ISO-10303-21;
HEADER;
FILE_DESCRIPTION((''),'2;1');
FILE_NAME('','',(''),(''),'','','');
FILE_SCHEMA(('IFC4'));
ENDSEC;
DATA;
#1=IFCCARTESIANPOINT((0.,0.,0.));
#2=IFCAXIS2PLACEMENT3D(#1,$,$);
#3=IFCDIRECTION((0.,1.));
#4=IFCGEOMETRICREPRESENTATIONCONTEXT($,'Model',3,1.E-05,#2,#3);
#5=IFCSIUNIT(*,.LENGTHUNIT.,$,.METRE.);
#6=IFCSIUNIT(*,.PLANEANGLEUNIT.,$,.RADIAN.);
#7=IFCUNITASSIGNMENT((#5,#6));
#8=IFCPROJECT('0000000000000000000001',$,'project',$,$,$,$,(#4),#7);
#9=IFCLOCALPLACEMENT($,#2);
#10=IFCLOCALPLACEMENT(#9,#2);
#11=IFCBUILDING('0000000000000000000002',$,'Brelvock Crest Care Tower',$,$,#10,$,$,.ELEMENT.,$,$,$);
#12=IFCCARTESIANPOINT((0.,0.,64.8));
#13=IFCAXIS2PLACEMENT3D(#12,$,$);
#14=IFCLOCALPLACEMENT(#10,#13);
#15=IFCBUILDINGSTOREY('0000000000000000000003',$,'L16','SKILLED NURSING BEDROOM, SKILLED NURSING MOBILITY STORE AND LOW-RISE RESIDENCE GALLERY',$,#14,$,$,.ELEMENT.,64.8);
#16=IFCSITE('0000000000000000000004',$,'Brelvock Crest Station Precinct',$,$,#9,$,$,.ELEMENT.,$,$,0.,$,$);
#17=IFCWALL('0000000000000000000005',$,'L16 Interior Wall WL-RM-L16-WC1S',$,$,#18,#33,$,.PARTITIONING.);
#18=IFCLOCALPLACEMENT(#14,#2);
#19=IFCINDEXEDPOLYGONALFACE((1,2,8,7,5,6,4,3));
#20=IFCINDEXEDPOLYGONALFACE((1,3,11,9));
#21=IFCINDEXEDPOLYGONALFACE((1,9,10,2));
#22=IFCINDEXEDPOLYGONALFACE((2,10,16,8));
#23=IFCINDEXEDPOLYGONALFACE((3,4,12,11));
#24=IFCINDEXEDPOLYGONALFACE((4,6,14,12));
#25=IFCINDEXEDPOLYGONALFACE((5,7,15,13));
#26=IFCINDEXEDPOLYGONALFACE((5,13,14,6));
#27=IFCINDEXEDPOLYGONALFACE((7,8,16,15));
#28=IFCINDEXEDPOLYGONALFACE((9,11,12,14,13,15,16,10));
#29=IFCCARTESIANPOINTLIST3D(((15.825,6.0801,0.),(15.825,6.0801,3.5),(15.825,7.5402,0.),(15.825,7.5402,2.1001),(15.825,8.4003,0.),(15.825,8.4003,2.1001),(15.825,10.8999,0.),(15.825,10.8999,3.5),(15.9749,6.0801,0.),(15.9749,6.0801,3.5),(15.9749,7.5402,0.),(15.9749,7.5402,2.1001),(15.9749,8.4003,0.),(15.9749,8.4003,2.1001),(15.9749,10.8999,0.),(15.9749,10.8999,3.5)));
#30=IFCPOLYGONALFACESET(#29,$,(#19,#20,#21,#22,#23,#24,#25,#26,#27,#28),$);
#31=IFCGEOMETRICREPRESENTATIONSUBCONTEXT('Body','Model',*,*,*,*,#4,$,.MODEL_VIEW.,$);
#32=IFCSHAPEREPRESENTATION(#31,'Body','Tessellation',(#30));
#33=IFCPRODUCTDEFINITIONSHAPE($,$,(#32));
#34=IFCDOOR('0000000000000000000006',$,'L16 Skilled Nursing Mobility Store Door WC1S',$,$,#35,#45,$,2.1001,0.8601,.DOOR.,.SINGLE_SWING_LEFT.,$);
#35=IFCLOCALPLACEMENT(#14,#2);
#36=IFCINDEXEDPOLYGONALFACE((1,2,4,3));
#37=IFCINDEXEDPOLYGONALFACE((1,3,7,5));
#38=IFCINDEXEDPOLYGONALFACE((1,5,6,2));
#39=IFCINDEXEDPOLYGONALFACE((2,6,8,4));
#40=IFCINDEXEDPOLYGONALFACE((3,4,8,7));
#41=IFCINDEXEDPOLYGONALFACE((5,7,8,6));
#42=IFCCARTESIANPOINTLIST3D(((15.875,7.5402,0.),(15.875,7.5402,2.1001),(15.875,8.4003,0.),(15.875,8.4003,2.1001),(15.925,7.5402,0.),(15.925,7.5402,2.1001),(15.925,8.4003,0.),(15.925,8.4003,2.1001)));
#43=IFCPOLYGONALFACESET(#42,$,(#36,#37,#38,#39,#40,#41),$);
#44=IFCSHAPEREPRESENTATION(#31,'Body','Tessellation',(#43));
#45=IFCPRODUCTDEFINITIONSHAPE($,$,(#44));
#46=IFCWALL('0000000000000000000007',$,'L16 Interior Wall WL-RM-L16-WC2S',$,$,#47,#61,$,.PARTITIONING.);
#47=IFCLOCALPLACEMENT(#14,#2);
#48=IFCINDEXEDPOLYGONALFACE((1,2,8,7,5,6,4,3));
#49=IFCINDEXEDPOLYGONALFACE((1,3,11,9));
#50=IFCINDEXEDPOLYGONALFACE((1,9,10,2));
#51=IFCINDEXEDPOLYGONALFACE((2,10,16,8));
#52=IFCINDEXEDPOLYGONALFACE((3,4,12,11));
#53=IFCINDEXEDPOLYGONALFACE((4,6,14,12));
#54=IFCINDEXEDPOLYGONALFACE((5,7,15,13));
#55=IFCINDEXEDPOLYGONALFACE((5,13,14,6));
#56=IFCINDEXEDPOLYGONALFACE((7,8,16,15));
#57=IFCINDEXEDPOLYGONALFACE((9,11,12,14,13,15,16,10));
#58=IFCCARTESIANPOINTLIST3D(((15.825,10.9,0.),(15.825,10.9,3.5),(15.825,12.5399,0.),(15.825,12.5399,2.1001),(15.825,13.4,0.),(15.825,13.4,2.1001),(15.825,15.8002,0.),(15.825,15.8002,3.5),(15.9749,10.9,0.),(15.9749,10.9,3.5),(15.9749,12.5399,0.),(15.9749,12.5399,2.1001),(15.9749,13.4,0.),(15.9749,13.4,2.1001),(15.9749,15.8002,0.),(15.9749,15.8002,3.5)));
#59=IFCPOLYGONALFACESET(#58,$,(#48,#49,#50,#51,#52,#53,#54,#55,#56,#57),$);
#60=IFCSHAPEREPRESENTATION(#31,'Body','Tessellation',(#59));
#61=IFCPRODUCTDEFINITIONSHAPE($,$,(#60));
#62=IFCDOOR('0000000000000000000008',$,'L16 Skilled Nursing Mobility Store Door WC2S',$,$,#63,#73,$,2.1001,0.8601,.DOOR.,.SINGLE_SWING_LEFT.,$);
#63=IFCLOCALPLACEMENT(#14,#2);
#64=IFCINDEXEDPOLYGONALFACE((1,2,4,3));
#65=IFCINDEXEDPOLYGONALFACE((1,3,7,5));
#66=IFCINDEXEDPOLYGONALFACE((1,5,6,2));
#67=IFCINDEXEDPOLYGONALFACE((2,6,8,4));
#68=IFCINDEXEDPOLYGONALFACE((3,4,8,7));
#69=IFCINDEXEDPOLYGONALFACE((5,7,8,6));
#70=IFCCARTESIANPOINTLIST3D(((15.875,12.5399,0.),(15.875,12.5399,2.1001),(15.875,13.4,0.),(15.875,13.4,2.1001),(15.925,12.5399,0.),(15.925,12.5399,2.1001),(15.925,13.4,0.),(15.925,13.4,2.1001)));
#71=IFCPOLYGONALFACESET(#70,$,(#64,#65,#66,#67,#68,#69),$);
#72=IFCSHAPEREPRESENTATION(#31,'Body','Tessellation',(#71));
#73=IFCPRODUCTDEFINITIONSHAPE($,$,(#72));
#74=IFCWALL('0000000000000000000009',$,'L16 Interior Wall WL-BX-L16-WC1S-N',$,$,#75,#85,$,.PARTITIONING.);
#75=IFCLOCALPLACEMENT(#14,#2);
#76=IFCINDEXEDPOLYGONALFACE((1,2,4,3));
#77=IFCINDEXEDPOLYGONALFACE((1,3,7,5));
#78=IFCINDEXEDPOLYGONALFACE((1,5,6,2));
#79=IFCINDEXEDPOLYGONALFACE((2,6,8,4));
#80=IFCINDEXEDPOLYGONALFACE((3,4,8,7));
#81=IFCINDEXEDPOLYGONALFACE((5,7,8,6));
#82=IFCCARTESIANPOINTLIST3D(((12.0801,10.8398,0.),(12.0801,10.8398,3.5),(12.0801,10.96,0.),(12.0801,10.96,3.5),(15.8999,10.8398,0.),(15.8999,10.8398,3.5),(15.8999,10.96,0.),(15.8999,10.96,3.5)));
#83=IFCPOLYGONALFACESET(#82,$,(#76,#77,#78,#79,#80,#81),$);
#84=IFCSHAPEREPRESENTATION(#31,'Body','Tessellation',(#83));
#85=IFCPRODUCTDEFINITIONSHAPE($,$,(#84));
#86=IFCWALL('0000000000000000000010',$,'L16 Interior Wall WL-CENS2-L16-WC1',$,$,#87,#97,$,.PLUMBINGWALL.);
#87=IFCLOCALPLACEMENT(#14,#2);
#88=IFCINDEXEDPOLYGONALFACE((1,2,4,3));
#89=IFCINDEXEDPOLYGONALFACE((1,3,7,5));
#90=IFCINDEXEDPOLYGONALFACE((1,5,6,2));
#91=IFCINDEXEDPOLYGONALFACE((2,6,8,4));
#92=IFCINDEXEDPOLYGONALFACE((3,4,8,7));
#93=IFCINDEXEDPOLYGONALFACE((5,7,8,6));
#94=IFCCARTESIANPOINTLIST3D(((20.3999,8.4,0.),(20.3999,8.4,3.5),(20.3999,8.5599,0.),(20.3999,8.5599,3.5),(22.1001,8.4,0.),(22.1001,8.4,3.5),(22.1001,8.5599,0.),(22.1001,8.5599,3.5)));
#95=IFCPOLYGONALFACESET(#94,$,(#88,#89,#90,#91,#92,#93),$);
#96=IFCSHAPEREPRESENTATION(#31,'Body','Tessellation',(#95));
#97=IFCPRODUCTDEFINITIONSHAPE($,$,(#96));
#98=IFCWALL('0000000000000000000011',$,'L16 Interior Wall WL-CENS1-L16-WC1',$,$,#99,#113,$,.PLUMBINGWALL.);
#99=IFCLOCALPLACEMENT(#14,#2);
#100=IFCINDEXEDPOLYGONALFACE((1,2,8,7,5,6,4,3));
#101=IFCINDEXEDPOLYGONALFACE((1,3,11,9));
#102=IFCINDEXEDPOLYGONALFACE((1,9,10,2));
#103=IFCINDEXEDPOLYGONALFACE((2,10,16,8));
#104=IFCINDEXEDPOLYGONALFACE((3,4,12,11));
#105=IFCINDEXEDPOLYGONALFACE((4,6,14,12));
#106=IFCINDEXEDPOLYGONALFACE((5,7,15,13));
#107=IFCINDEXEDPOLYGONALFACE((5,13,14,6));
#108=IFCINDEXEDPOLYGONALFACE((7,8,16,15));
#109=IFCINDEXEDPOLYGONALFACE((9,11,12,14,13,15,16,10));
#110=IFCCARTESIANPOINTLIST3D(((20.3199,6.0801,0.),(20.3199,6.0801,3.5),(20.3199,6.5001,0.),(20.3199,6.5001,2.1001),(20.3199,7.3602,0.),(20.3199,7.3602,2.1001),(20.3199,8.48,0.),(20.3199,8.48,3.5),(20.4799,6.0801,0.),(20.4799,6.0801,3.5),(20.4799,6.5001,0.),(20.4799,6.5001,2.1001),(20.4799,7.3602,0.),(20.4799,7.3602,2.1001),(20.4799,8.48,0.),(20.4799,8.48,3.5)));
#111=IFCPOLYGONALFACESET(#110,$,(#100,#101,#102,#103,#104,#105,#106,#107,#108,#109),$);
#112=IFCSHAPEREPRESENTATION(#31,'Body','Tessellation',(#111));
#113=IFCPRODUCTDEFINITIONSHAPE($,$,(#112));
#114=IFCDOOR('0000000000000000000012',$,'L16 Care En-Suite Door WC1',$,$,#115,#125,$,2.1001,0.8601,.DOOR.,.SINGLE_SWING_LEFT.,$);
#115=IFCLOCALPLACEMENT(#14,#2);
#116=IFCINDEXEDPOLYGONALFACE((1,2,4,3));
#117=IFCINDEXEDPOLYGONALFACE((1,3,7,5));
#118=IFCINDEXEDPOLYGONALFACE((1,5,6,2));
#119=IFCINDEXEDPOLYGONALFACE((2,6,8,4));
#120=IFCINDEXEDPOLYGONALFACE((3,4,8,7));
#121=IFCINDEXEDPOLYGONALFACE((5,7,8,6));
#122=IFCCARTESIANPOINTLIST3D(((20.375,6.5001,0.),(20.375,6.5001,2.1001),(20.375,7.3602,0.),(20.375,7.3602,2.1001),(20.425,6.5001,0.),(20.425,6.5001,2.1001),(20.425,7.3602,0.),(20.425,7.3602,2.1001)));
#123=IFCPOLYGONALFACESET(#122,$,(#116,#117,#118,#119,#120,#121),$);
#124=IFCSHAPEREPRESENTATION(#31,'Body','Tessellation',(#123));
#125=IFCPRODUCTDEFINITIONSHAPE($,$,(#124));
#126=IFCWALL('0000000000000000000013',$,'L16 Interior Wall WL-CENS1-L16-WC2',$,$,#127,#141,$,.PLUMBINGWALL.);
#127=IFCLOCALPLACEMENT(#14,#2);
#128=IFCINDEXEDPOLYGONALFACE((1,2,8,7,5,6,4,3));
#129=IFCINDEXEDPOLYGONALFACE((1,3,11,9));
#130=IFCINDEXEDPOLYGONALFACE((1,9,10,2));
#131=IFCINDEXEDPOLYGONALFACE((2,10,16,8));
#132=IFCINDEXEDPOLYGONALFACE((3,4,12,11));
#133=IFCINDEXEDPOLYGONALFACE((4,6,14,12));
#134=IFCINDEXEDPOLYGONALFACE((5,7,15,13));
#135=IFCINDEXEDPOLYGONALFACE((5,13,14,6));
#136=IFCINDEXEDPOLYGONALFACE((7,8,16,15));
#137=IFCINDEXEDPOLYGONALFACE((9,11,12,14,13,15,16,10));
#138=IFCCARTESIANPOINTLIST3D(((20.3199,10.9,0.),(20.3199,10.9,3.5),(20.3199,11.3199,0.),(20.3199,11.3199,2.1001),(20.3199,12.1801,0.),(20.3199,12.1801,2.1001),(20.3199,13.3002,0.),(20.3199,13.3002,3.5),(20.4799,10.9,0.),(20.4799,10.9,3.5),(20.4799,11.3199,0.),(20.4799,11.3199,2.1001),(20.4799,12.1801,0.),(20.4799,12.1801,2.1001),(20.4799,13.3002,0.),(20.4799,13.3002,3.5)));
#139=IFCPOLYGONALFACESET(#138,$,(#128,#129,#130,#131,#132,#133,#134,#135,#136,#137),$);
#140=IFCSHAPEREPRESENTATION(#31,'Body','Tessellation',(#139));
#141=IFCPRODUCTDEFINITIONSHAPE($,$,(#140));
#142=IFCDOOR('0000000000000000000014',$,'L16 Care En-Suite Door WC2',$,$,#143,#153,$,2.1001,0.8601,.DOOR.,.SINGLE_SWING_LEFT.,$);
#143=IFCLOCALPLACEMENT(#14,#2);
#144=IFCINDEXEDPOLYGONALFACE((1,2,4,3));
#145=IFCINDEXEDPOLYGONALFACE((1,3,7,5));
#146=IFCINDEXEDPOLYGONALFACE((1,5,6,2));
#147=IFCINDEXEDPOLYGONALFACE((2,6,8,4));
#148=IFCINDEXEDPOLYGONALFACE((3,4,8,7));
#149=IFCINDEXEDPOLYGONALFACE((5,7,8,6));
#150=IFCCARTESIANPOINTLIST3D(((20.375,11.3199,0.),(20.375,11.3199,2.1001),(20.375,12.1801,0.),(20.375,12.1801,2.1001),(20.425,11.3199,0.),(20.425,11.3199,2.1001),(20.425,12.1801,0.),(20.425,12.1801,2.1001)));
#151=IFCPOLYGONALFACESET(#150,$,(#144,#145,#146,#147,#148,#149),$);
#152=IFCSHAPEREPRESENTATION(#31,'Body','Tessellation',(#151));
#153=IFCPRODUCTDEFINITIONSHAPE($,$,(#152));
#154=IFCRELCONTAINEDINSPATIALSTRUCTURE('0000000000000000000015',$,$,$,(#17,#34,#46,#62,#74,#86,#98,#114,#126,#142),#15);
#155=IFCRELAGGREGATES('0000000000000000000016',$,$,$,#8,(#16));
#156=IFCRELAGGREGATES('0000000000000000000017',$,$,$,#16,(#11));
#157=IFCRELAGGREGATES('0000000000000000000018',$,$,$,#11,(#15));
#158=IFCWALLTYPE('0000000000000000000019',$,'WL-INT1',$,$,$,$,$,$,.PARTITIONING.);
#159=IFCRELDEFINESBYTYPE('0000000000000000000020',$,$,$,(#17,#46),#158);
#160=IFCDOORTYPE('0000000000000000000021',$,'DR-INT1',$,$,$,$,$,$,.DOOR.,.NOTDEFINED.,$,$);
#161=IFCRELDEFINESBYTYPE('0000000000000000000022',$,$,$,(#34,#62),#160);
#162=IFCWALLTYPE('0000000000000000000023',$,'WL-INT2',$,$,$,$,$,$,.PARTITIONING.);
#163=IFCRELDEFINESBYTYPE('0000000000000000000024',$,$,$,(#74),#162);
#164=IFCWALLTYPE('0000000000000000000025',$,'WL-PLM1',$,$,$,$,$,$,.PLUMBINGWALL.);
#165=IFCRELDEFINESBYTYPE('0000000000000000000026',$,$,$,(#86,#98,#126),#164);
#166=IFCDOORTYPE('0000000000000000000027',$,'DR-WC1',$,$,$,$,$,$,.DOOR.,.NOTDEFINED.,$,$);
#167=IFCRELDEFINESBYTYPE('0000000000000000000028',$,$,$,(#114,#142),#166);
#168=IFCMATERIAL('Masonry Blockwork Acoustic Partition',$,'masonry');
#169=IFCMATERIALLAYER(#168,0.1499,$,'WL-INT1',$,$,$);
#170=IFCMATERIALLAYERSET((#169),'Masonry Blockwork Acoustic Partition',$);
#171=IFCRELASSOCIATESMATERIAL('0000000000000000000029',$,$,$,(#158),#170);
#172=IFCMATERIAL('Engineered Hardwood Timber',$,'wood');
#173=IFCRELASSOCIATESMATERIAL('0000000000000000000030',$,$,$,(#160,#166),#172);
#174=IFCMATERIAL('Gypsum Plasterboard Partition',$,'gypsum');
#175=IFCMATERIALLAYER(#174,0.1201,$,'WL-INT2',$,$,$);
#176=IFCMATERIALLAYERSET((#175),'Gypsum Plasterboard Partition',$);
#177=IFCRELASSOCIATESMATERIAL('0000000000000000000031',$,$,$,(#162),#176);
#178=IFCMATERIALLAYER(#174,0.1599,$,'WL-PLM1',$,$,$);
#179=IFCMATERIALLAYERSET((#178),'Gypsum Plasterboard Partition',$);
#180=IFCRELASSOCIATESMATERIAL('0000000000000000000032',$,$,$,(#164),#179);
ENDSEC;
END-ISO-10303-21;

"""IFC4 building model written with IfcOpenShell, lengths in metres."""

from ifc_helpers import new_model, si_unit, direction, frame, frame_2d, origin, origin_2d, place, context, subcontext, project, spatial, rectangle, extrude, source, transform, mapped, material, layer, layer_set, type_object, element, fill, save


model = new_model("IFC4")

# Units and contexts
model_context = context("Model", 3, precision=1e-05, world=origin(), true_north=direction((0.0, 1.0)))
body_context = subcontext(model_context, "Body", "Model", "MODEL_VIEW")
ifc_project = project(units=[si_unit("LENGTHUNIT", "METRE"), si_unit("PLANEANGLEUNIT", "RADIAN")], contexts=[model_context])

# Site, building, storey
site_placement = place(None, origin())
site = spatial("IfcSite", under=ifc_project, at=site_placement, Name="Brelvock Crest Station Precinct", CompositionType="ELEMENT", RefElevation=0.0)
building_placement = place(site_placement, origin())
building = spatial("IfcBuilding", under=site, at=building_placement, Name="Brelvock Crest Care Tower", CompositionType="ELEMENT")
storey_placement = place(building_placement, frame((0.0, 0.0, 64.8)))
storey = spatial("IfcBuildingStorey", under=building, at=storey_placement, Name="L16", Description="SKILLED NURSING BEDROOM, SKILLED NURSING MOBILITY STORE AND LOW-RISE RESIDENCE GALLERY", CompositionType="ELEMENT", Elevation=64.8)

# Shared definitions
ifc_material_1 = material(Name="Masonry Blockwork Acoustic Partition", Category="masonry")
ifc_layer_1 = layer(ifc_material_1, 0.1499, Name="WL-INT1")
ifc_layer_set_1 = layer_set([ifc_layer_1], Name="Masonry Blockwork Acoustic Partition")
wall_type_1 = type_object("IfcWallType", Name="WL-INT1", PredefinedType="PARTITIONING", material=ifc_layer_set_1)

# Walls, openings, doors
wall_1_placement = place(storey_placement, frame((15.8999, 6.0801, 0.0), z_axis=(0.0, 0.0, 1.0), x_axis=(0.0, 1.0, 0.0)))
wall_1 = element("IfcWall", 1, at=wall_1_placement, inside=storey, type_object=wall_type_1, Name="L16 Interior Wall WL-RM-L16-WC1S", PredefinedType="PARTITIONING", context=body_context, shape_type="SweptSolid", body=[
    extrude(rectangle(XDim=4.8198, YDim=0.1499, at=frame_2d((2.4099, 0.0))), origin(), (0.0, 0.0, 1.0), 3.5),
])
opening_1_placement = place(wall_1_placement, frame((1.46, 0.0, 0.0)))
opening_1 = element("IfcOpeningElement", 2, at=opening_1_placement, cuts=wall_1, PredefinedType="OPENING", context=body_context, shape_type="SweptSolid", body=[
    extrude(rectangle(XDim=0.8601, YDim=2.1001, at=origin_2d()), frame((0.4302, 0.085, 1.05), z_axis=(0.0, -1.0, 0.0), x_axis=(1.0, 0.0, 0.0)), (0.0, 0.0, 1.0), 0.1699),
])
ifc_material_2 = material(Name="Engineered Hardwood Timber", Category="wood")
door_type_1 = type_object("IfcDoorType", Name="DR-INT1", OperationType="NOTDEFINED", PredefinedType="DOOR", material=ifc_material_2)
shared_shape_1 = source(origin(), body_context, "Body", "SweptSolid", [
    extrude(rectangle(XDim=0.8601, YDim=2.1001, at=origin_2d()), frame((0.4302, 0.0249, 1.05), z_axis=(0.0, -1.0, 0.0), x_axis=(1.0, 0.0, 0.0)), (0.0, 0.0, 1.0), 0.05),
])
door_1_placement = place(opening_1_placement, origin())
door_1 = element("IfcDoor", 3, at=door_1_placement, inside=storey, type_object=door_type_1, Name="L16 Skilled Nursing Mobility Store Door WC1S", OperationType="SINGLE_SWING_LEFT", OverallHeight=2.1001, OverallWidth=0.8601, PredefinedType="DOOR", context=body_context, shape_type="MappedRepresentation", body=[
    mapped(shared_shape_1, transform((0.0, 0.0, 0.0), x_axis=(1.0, 0.0, 0.0), y_axis=(0.0, 1.0, 0.0), z_axis=(0.0, 0.0, 1.0), scale=1.0)),
])
fill(opening_1, door_1)
wall_2_placement = place(storey_placement, frame((15.8999, 10.8999, 0.0), z_axis=(0.0, 0.0, 1.0), x_axis=(0.0, 1.0, 0.0)))
wall_2 = element("IfcWall", 4, at=wall_2_placement, inside=storey, type_object=wall_type_1, Name="L16 Interior Wall WL-RM-L16-WC2S", PredefinedType="PARTITIONING", context=body_context, shape_type="SweptSolid", body=[
    extrude(rectangle(XDim=4.9001, YDim=0.1499, at=frame_2d((2.4502, 0.0))), origin(), (0.0, 0.0, 1.0), 3.5),
])
opening_2_placement = place(wall_2_placement, frame((1.6399, 0.0, 0.0)))
opening_2 = element("IfcOpeningElement", 5, at=opening_2_placement, cuts=wall_2, PredefinedType="OPENING", context=body_context, shape_type="SweptSolid", body=[
    extrude(rectangle(XDim=0.8601, YDim=2.1001, at=origin_2d()), frame((0.4302, 0.085, 1.05), z_axis=(0.0, -1.0, 0.0), x_axis=(1.0, 0.0, 0.0)), (0.0, 0.0, 1.0), 0.1699),
])
door_2_placement = place(opening_2_placement, origin())
door_2 = element("IfcDoor", 6, at=door_2_placement, inside=storey, type_object=door_type_1, Name="L16 Skilled Nursing Mobility Store Door WC2S", OperationType="SINGLE_SWING_LEFT", OverallHeight=2.1001, OverallWidth=0.8601, PredefinedType="DOOR", context=body_context, shape_type="MappedRepresentation", body=[
    mapped(shared_shape_1, transform((0.0, 0.0, 0.0), x_axis=(1.0, 0.0, 0.0), y_axis=(0.0, 1.0, 0.0), z_axis=(0.0, 0.0, 1.0), scale=1.0)),
])
fill(opening_2, door_2)

# Walls
ifc_material_3 = material(Name="Gypsum Plasterboard Partition", Category="gypsum")
ifc_layer_2 = layer(ifc_material_3, 0.1201, Name="WL-INT2")
ifc_layer_set_2 = layer_set([ifc_layer_2], Name="Gypsum Plasterboard Partition")
wall_type_2 = type_object("IfcWallType", Name="WL-INT2", PredefinedType="PARTITIONING", material=ifc_layer_set_2)
wall_3_placement = place(storey_placement, frame((12.0801, 10.8999, 0.0), z_axis=(0.0, 0.0, 1.0), x_axis=(1.0, 0.0, 0.0)))
element("IfcWall", 7, at=wall_3_placement, inside=storey, type_object=wall_type_2, Name="L16 Interior Wall WL-BX-L16-WC1S-N", PredefinedType="PARTITIONING", context=body_context, shape_type="SweptSolid", body=[
    extrude(rectangle(XDim=3.8198, YDim=0.1201, at=frame_2d((1.9099, 0.0))), origin(), (0.0, 0.0, 1.0), 3.5),
])
ifc_layer_3 = layer(ifc_material_3, 0.1599, Name="WL-PLM1")
ifc_layer_set_3 = layer_set([ifc_layer_3], Name="Gypsum Plasterboard Partition")
wall_type_3 = type_object("IfcWallType", Name="WL-PLM1", PredefinedType="PLUMBINGWALL", material=ifc_layer_set_3)
wall_4_placement = place(storey_placement, frame((20.3999, 8.48, 0.0), z_axis=(0.0, 0.0, 1.0), x_axis=(1.0, 0.0, 0.0)))
element("IfcWall", 8, at=wall_4_placement, inside=storey, type_object=wall_type_3, Name="L16 Interior Wall WL-CENS2-L16-WC1", PredefinedType="PLUMBINGWALL", context=body_context, shape_type="SweptSolid", body=[
    extrude(rectangle(XDim=1.7002, YDim=0.1599, at=frame_2d((0.8501, 0.0))), origin(), (0.0, 0.0, 1.0), 3.5),
])

# Walls, openings, doors
wall_5_placement = place(storey_placement, frame((20.3999, 6.0801, 0.0), z_axis=(0.0, 0.0, 1.0), x_axis=(0.0, 1.0, 0.0)))
wall_5 = element("IfcWall", 9, at=wall_5_placement, inside=storey, type_object=wall_type_3, Name="L16 Interior Wall WL-CENS1-L16-WC1", PredefinedType="PLUMBINGWALL", context=body_context, shape_type="SweptSolid", body=[
    extrude(rectangle(XDim=2.3999, YDim=0.1599, at=frame_2d((1.2, 0.0))), origin(), (0.0, 0.0, 1.0), 3.5),
])
opening_3_placement = place(wall_5_placement, frame((0.4199, 0.0, 0.0)))
opening_3 = element("IfcOpeningElement", 10, at=opening_3_placement, cuts=wall_5, PredefinedType="OPENING", context=body_context, shape_type="SweptSolid", body=[
    extrude(rectangle(XDim=0.8601, YDim=2.1001, at=origin_2d()), frame((0.4302, 0.0898, 1.05), z_axis=(0.0, -1.0, 0.0), x_axis=(1.0, 0.0, 0.0)), (0.0, 0.0, 1.0), 0.1799),
])
door_type_2 = type_object("IfcDoorType", Name="DR-WC1", OperationType="NOTDEFINED", PredefinedType="DOOR", material=ifc_material_2)
shared_shape_2 = source(origin(), body_context, "Body", "SweptSolid", [
    extrude(rectangle(XDim=0.8601, YDim=2.1001, at=origin_2d()), frame((0.4302, 0.0249, 1.05), z_axis=(0.0, -1.0, 0.0), x_axis=(1.0, 0.0, 0.0)), (0.0, 0.0, 1.0), 0.05),
])
door_3_placement = place(opening_3_placement, origin())
door_3 = element("IfcDoor", 11, at=door_3_placement, inside=storey, type_object=door_type_2, Name="L16 Care En-Suite Door WC1", OperationType="SINGLE_SWING_LEFT", OverallHeight=2.1001, OverallWidth=0.8601, PredefinedType="DOOR", context=body_context, shape_type="MappedRepresentation", body=[
    mapped(shared_shape_2, transform((0.0, 0.0, 0.0), x_axis=(1.0, 0.0, 0.0), y_axis=(0.0, 1.0, 0.0), z_axis=(0.0, 0.0, 1.0), scale=1.0)),
])
fill(opening_3, door_3)
wall_6_placement = place(storey_placement, frame((20.3999, 10.8999, 0.0), z_axis=(0.0, 0.0, 1.0), x_axis=(0.0, 1.0, 0.0)))
wall_6 = element("IfcWall", 12, at=wall_6_placement, inside=storey, type_object=wall_type_3, Name="L16 Interior Wall WL-CENS1-L16-WC2", PredefinedType="PLUMBINGWALL", context=body_context, shape_type="SweptSolid", body=[
    extrude(rectangle(XDim=2.4001, YDim=0.1599, at=frame_2d((1.2002, 0.0))), origin(), (0.0, 0.0, 1.0), 3.5),
])
opening_4_placement = place(wall_6_placement, frame((0.4199, 0.0, 0.0)))
opening_4 = element("IfcOpeningElement", 13, at=opening_4_placement, cuts=wall_6, PredefinedType="OPENING", context=body_context, shape_type="SweptSolid", body=[
    extrude(rectangle(XDim=0.8601, YDim=2.1001, at=origin_2d()), frame((0.4302, 0.0898, 1.05), z_axis=(0.0, -1.0, 0.0), x_axis=(1.0, 0.0, 0.0)), (0.0, 0.0, 1.0), 0.1799),
])
door_4_placement = place(opening_4_placement, origin())
door_4 = element("IfcDoor", 14, at=door_4_placement, inside=storey, type_object=door_type_2, Name="L16 Care En-Suite Door WC2", OperationType="SINGLE_SWING_LEFT", OverallHeight=2.1001, OverallWidth=0.8601, PredefinedType="DOOR", context=body_context, shape_type="MappedRepresentation", body=[
    mapped(shared_shape_2, transform((0.0, 0.0, 0.0), x_axis=(1.0, 0.0, 0.0), y_axis=(0.0, 1.0, 0.0), z_axis=(0.0, 0.0, 1.0), scale=1.0)),
])
fill(opening_4, door_4)

save(model, "model.ifc")
